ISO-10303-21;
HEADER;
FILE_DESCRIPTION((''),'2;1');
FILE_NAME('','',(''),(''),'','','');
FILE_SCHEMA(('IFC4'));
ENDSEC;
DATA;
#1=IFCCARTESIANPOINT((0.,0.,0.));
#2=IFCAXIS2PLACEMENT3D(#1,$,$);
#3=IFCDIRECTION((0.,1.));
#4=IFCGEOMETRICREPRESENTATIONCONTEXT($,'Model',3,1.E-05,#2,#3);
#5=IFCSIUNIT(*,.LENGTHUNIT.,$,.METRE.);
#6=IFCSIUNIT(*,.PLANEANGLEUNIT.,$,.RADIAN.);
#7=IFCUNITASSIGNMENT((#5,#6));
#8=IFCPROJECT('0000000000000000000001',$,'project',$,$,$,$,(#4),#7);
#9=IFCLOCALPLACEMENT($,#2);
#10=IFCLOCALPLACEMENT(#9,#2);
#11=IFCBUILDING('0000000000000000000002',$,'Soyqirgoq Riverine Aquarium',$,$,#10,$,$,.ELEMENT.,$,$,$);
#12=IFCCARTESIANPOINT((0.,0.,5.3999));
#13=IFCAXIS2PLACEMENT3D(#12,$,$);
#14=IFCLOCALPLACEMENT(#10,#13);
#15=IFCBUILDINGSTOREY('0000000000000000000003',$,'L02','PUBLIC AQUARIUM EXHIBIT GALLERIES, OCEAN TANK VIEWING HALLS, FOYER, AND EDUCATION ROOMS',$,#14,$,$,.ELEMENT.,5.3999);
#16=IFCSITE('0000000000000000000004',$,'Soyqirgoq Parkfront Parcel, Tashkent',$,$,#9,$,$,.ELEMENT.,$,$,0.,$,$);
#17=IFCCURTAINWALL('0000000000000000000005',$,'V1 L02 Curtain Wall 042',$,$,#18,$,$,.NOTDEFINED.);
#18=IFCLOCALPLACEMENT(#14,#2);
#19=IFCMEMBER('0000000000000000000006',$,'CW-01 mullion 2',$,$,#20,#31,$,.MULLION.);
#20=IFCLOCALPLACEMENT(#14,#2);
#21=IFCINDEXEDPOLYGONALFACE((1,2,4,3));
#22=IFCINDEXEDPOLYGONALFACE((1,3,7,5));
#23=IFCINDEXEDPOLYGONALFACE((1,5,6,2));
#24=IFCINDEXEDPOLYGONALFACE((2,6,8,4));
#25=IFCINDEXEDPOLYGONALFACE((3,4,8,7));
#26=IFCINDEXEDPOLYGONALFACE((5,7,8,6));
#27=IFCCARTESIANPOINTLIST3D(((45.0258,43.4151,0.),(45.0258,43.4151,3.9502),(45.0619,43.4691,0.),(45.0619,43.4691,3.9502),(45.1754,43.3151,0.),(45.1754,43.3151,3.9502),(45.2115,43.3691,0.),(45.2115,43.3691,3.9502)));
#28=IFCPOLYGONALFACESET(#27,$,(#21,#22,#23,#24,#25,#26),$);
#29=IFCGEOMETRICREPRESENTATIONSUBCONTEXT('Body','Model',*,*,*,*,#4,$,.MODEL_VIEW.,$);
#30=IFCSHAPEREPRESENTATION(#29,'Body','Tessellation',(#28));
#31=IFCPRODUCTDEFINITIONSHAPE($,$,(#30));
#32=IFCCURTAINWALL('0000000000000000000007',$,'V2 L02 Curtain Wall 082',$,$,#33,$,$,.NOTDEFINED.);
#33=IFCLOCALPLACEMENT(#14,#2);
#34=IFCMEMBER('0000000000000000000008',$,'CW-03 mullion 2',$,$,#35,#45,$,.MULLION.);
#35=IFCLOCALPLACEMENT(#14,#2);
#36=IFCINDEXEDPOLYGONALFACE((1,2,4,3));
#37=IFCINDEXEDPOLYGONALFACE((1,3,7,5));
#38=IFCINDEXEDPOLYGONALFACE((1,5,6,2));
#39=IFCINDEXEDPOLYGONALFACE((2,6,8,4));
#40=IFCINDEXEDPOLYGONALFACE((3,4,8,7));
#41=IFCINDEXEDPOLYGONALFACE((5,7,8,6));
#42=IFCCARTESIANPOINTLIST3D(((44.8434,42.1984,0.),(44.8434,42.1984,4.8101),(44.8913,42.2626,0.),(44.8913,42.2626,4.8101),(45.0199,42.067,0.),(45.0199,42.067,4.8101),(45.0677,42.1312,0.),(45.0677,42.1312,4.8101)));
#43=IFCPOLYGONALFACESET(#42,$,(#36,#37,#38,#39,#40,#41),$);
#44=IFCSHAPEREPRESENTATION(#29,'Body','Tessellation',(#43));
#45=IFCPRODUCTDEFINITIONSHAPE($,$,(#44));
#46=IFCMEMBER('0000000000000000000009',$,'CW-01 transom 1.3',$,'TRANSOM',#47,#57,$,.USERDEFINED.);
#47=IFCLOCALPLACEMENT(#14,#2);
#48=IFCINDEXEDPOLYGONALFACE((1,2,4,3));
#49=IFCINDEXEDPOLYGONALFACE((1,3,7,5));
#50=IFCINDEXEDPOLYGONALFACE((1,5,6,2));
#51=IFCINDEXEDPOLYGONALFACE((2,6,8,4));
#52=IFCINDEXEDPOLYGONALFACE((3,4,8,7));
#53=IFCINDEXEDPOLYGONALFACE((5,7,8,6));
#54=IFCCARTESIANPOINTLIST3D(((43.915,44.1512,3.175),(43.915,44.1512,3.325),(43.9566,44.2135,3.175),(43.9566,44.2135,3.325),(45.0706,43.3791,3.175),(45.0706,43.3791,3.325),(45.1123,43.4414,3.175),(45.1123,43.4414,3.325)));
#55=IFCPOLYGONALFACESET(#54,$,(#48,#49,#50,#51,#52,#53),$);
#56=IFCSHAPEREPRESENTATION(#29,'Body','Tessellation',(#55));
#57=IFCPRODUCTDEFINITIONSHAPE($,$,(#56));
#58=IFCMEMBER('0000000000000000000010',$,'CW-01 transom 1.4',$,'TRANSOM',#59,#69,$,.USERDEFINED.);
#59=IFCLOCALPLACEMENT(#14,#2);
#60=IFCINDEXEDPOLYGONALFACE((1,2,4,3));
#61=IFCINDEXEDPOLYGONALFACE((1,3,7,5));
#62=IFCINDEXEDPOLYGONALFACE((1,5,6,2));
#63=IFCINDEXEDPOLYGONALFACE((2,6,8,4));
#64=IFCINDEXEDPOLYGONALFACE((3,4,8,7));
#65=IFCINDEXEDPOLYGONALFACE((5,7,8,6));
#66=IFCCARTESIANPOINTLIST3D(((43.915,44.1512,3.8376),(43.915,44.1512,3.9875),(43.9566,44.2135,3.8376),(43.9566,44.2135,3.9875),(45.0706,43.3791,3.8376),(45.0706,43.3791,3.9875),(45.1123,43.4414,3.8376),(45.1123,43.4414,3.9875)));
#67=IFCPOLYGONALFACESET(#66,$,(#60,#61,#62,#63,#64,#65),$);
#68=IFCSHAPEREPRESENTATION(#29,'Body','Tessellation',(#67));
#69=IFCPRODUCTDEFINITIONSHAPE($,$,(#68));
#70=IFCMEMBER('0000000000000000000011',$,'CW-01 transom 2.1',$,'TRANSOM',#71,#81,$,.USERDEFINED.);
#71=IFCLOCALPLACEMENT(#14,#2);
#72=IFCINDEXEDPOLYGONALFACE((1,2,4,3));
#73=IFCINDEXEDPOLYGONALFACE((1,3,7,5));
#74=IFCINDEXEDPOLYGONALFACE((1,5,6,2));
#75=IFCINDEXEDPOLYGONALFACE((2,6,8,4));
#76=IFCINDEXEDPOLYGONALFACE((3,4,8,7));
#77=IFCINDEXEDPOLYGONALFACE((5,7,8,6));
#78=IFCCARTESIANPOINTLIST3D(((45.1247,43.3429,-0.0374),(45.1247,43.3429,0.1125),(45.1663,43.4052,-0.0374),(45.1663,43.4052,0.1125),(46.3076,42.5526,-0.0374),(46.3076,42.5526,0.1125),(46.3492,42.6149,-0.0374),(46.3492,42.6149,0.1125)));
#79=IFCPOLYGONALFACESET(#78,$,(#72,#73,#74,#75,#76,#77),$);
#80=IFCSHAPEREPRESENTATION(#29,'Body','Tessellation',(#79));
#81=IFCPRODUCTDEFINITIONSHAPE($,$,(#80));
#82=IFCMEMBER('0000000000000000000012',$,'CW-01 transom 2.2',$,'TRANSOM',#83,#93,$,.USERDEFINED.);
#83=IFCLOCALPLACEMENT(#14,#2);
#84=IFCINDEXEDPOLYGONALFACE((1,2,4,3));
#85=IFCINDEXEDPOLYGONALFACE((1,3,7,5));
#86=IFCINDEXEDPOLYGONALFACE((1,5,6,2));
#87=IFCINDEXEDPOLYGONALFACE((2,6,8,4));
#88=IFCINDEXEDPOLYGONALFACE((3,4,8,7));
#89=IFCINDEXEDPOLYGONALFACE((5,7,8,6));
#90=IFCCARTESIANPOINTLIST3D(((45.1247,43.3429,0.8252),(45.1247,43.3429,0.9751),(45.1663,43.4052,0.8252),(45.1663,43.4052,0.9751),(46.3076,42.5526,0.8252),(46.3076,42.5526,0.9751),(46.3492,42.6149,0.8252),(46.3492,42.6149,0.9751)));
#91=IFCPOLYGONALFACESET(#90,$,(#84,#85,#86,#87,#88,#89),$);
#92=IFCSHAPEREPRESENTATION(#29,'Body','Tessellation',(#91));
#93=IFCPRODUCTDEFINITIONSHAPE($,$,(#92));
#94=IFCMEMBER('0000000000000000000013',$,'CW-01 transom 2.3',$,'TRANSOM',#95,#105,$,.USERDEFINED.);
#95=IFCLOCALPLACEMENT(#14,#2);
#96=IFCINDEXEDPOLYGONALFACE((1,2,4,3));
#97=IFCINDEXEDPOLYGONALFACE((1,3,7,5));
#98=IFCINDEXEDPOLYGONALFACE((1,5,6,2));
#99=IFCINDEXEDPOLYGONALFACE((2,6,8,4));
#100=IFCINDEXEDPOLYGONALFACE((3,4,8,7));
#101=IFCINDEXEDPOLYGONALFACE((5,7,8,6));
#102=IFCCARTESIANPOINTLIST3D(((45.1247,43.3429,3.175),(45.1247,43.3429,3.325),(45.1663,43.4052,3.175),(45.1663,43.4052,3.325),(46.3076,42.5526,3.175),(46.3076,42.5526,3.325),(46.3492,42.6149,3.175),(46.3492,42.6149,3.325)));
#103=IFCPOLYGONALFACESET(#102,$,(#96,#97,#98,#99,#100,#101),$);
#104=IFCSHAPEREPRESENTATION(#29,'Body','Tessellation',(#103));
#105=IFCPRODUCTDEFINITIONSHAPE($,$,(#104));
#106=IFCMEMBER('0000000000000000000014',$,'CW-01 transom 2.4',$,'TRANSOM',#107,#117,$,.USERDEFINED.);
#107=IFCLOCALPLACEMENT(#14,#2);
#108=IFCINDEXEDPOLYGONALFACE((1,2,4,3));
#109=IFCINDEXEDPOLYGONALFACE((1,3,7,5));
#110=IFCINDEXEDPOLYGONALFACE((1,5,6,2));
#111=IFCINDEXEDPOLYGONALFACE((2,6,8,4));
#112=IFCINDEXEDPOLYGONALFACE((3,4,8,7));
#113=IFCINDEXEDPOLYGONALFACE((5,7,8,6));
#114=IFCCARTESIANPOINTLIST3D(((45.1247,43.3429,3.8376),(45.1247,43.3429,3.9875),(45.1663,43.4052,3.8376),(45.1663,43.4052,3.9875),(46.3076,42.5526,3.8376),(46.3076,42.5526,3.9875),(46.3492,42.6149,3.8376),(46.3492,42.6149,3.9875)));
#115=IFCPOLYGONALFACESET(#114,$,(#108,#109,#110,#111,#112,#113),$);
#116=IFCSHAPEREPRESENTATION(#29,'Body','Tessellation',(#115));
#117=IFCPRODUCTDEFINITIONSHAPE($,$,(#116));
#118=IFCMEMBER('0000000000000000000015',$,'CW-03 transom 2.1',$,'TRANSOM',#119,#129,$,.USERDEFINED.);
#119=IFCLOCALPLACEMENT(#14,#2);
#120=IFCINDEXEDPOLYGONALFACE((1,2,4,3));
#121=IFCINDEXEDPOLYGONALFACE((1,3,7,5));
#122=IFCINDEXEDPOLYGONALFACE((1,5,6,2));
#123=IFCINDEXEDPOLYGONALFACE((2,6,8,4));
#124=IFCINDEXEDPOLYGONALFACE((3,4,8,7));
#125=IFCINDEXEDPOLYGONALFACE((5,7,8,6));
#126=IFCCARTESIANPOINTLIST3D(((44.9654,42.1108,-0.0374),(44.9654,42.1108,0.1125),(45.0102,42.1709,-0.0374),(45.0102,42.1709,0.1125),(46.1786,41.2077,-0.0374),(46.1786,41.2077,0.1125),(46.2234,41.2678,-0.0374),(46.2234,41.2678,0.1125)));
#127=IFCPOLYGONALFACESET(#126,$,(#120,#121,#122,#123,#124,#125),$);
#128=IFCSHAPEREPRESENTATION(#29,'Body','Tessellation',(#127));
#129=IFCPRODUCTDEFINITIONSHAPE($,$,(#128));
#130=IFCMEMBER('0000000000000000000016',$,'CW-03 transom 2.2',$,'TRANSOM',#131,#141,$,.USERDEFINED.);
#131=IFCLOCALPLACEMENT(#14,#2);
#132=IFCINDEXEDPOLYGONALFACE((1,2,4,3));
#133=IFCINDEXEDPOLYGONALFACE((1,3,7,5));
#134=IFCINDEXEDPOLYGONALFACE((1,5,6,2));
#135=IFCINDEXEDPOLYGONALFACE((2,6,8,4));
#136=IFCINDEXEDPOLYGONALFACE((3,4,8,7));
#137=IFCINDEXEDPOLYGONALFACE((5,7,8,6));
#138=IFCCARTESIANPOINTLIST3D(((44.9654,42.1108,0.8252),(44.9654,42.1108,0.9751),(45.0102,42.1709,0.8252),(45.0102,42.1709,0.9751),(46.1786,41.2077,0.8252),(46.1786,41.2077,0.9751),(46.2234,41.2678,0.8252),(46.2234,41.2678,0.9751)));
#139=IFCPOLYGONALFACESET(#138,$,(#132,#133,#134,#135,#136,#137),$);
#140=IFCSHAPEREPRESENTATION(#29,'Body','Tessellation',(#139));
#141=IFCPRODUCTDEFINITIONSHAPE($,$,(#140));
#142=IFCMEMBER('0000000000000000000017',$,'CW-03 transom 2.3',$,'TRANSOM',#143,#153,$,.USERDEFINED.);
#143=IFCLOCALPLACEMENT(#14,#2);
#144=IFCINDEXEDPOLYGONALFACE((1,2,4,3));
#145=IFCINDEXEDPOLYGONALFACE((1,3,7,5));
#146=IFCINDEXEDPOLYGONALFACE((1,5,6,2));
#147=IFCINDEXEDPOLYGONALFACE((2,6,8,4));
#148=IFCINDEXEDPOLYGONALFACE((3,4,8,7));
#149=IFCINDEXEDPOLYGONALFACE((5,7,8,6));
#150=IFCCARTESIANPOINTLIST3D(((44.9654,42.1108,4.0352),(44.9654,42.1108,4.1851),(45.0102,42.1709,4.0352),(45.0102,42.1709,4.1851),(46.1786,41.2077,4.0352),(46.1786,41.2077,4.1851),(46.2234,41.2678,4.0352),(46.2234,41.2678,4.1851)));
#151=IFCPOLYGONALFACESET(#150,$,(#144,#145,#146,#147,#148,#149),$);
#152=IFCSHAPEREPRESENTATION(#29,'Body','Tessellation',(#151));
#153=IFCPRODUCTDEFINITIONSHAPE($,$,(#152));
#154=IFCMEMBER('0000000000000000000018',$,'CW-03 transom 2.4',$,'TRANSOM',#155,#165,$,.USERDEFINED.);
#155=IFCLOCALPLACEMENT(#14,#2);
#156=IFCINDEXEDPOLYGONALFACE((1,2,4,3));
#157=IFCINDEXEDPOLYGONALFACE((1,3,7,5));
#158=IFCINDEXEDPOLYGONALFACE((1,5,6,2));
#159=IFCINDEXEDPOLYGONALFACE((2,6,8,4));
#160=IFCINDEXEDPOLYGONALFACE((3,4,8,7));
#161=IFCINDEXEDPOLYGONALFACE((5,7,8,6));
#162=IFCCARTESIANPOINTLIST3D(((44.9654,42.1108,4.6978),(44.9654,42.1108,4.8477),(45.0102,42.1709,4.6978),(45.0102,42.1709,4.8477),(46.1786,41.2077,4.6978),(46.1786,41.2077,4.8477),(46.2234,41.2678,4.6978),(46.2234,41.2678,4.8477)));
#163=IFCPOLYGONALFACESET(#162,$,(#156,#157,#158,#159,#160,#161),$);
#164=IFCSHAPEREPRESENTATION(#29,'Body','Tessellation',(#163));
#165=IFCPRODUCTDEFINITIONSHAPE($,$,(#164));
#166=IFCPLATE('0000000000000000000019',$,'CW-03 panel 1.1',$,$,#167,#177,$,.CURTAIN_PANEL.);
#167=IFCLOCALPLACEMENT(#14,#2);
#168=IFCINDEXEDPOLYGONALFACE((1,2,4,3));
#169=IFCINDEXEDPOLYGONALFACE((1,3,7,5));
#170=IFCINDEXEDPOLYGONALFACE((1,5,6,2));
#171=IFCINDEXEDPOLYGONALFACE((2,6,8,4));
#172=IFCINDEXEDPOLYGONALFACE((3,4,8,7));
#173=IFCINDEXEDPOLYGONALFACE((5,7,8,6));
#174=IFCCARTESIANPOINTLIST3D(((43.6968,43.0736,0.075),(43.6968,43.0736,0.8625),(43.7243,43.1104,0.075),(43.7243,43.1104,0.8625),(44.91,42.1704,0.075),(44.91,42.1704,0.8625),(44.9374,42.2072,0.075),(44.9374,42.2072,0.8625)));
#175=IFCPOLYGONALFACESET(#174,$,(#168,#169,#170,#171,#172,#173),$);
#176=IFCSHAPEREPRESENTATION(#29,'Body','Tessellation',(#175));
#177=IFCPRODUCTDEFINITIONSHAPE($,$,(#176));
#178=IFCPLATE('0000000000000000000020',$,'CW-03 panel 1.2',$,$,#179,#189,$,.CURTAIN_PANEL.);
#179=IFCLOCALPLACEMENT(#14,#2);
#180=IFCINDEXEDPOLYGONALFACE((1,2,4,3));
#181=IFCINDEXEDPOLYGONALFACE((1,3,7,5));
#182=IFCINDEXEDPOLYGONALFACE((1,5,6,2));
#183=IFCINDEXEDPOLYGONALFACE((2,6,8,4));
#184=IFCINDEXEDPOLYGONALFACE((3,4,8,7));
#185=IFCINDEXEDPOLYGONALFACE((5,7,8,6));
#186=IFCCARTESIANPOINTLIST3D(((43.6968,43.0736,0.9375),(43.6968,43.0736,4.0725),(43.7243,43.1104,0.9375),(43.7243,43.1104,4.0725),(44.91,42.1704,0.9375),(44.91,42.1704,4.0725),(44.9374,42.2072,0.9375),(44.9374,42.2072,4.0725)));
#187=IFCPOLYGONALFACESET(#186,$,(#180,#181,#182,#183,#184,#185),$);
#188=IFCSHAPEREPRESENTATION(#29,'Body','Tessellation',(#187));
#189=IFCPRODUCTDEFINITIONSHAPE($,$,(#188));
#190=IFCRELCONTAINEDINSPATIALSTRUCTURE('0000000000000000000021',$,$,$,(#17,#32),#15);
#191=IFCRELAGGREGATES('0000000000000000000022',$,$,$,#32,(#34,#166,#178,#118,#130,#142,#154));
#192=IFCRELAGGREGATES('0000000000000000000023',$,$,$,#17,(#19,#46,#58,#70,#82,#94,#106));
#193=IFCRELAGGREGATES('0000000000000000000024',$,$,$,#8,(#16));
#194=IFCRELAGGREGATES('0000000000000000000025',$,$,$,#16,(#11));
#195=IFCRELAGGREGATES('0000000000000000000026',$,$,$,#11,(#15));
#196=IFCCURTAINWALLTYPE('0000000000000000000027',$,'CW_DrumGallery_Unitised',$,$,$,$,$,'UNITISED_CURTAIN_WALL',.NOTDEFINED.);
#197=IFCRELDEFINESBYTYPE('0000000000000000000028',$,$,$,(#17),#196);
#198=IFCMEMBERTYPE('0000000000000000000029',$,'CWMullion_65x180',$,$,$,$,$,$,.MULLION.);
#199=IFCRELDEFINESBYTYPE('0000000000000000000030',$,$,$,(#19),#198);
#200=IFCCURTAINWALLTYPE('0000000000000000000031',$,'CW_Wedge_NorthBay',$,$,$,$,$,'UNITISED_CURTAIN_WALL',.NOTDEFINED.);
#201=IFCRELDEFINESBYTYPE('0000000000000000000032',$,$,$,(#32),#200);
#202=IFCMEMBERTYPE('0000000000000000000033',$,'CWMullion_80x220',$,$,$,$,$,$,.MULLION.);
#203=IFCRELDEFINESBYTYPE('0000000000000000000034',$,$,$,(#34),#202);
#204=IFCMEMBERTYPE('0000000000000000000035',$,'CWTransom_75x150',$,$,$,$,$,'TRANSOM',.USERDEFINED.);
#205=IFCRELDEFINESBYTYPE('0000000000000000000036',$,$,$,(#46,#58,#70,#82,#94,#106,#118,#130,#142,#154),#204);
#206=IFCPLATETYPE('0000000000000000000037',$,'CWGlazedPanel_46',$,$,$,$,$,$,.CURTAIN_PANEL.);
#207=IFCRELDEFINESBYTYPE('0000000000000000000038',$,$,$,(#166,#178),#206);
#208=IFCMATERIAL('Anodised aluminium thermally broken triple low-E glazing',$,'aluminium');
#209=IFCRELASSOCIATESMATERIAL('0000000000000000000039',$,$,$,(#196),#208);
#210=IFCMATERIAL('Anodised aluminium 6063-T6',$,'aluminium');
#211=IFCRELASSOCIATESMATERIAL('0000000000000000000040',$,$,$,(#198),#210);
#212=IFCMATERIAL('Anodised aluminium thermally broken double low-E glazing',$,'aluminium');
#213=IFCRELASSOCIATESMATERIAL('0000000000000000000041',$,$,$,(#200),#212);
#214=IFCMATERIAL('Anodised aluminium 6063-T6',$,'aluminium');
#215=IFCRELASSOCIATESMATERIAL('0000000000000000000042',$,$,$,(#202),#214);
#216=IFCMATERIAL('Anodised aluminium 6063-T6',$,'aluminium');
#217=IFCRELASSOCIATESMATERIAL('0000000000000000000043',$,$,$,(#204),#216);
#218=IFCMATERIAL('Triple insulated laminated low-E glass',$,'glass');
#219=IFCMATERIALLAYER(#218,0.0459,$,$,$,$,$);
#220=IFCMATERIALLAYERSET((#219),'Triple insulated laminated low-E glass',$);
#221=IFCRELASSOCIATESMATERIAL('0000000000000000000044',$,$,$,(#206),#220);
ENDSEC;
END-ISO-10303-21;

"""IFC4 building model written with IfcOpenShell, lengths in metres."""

from ifc_helpers import new_model, si_unit, direction, frame, origin, origin_2d, place, context, subcontext, project, spatial, rectangle, extrude, material, layer, layer_set, material_profile, profile_set, type_object, element, aggregate, save


model = new_model("IFC4")

# Units and contexts
model_context = context("Model", 3, precision=1e-05, world=origin(), true_north=direction((0.0, 1.0)))
body_context = subcontext(model_context, "Body", "Model", "MODEL_VIEW")
ifc_project = project(units=[si_unit("LENGTHUNIT", "METRE"), si_unit("PLANEANGLEUNIT", "RADIAN")], contexts=[model_context])

# Site, building, storey
site_placement = place(None, origin())
site = spatial("IfcSite", under=ifc_project, at=site_placement, Name="Soyqirgoq Parkfront Parcel, Tashkent", CompositionType="ELEMENT", RefElevation=0.0)
building_placement = place(site_placement, origin())
building = spatial("IfcBuilding", under=site, at=building_placement, Name="Soyqirgoq Riverine Aquarium", CompositionType="ELEMENT")
storey_placement = place(building_placement, frame((0.0, 0.0, 5.3999)))
storey = spatial("IfcBuildingStorey", under=building, at=storey_placement, Name="L02", Description="PUBLIC AQUARIUM EXHIBIT GALLERIES, OCEAN TANK VIEWING HALLS, FOYER, AND EDUCATION ROOMS", CompositionType="ELEMENT", Elevation=5.3999)

# Curtain walls, members
ifc_material_1 = material(Name="Anodised aluminium thermally broken triple low-E glazing", Category="aluminium")
curtain_wall_type_1 = type_object("IfcCurtainWallType", Name="CW_DrumGallery_Unitised", ElementType="UNITISED_CURTAIN_WALL", PredefinedType="NOTDEFINED", material=ifc_material_1)
curtain_wall_1_placement = place(storey_placement, origin())
curtain_wall_1 = element("IfcCurtainWall", 1, at=curtain_wall_1_placement, inside=storey, type_object=curtain_wall_type_1, Name="V1 L02 Curtain Wall 042", PredefinedType="NOTDEFINED")
ifc_material_2 = material(Name="Anodised aluminium 6063-T6", Category="aluminium")
ifc_material_profile_1 = material_profile(ifc_material_2, rectangle(XDim=0.0649, YDim=0.1799, at=origin_2d()), Name="ALU-M 65x180")
ifc_profile_set_1 = profile_set([ifc_material_profile_1], Name="Anodised aluminium 6063-T6")
member_type_1 = type_object("IfcMemberType", Name="CWMullion_65x180", PredefinedType="MULLION", material=ifc_profile_set_1)
member_1_placement = place(storey_placement, frame((45.1187, 43.3921, 0.0), z_axis=(0.0, 0.0, 1.0), x_axis=(0.555565, 0.831473, 0.0)))
member_1 = element("IfcMember", 2, at=member_1_placement, type_object=member_type_1, Name="CW-01 mullion 2", PredefinedType="MULLION", context=body_context, shape_type="SweptSolid", body=[
    extrude(rectangle(XDim=0.0649, YDim=0.1799, at=origin_2d()), origin(), (0.0, 0.0, 1.0), 3.9502),
])
ifc_material_3 = material(Name="Anodised aluminium thermally broken double low-E glazing", Category="aluminium")
curtain_wall_type_2 = type_object("IfcCurtainWallType", Name="CW_Wedge_NorthBay", ElementType="UNITISED_CURTAIN_WALL", PredefinedType="NOTDEFINED", material=ifc_material_3)
curtain_wall_2_placement = place(storey_placement, origin())
curtain_wall_2 = element("IfcCurtainWall", 3, at=curtain_wall_2_placement, inside=storey, type_object=curtain_wall_type_2, Name="V2 L02 Curtain Wall 082", PredefinedType="NOTDEFINED")
ifc_material_4 = material(Name="Anodised aluminium 6063-T6", Category="aluminium")
ifc_material_profile_2 = material_profile(ifc_material_4, rectangle(XDim=0.0801, YDim=0.22, at=origin_2d()), Name="ALU-M 80x220")
ifc_profile_set_2 = profile_set([ifc_material_profile_2], Name="Anodised aluminium 6063-T6")
member_type_2 = type_object("IfcMemberType", Name="CWMullion_80x220", PredefinedType="MULLION", material=ifc_profile_set_2)
member_2_placement = place(storey_placement, frame((44.9556, 42.1648, 0.0), z_axis=(0.0, 0.0, 1.0), x_axis=(0.597149, 0.802131, 0.0)))
member_2 = element("IfcMember", 4, at=member_2_placement, type_object=member_type_2, Name="CW-03 mullion 2", PredefinedType="MULLION", context=body_context, shape_type="SweptSolid", body=[
    extrude(rectangle(XDim=0.0801, YDim=0.22, at=origin_2d()), origin(), (0.0, 0.0, 1.0), 4.8101),
])

# Members
ifc_material_5 = material(Name="Anodised aluminium 6063-T6", Category="aluminium")
ifc_material_profile_3 = material_profile(ifc_material_5, rectangle(XDim=0.075, YDim=0.1499, at=origin_2d()), Name="ALU-T 75x150")
ifc_profile_set_3 = profile_set([ifc_material_profile_3], Name="Anodised aluminium 6063-T6")
member_type_3 = type_object("IfcMemberType", Name="CWTransom_75x150", ElementType="TRANSOM", PredefinedType="USERDEFINED", material=ifc_profile_set_3)
member_3_placement = place(storey_placement, frame((43.9358, 44.1824, 3.25), z_axis=(0.831482, -0.555551, 0.0), x_axis=(0.555551, 0.831482, 0.0)))
member_3 = element("IfcMember", 5, at=member_3_placement, type_object=member_type_3, Name="CW-01 transom 1.3", ObjectType="TRANSOM", PredefinedType="USERDEFINED", context=body_context, shape_type="SweptSolid", body=[
    extrude(rectangle(XDim=0.075, YDim=0.1499, at=origin_2d()), origin(), (0.0, 0.0, 1.0), 1.3899),
])
member_4_placement = place(storey_placement, frame((43.9358, 44.1824, 3.9126), z_axis=(0.831482, -0.555551, 0.0), x_axis=(0.555551, 0.831482, 0.0)))
member_4 = element("IfcMember", 6, at=member_4_placement, type_object=member_type_3, Name="CW-01 transom 1.4", ObjectType="TRANSOM", PredefinedType="USERDEFINED", context=body_context, shape_type="SweptSolid", body=[
    extrude(rectangle(XDim=0.075, YDim=0.1499, at=origin_2d()), origin(), (0.0, 0.0, 1.0), 1.3899),
])
member_5_placement = place(storey_placement, frame((45.1455, 43.374, 0.0376), z_axis=(0.831495, -0.555532, 0.0), x_axis=(0.555532, 0.831495, 0.0)))
member_5 = element("IfcMember", 7, at=member_5_placement, type_object=member_type_3, Name="CW-01 transom 2.1", ObjectType="TRANSOM", PredefinedType="USERDEFINED", context=body_context, shape_type="SweptSolid", body=[
    extrude(rectangle(XDim=0.075, YDim=0.1499, at=origin_2d()), origin(), (0.0, 0.0, 1.0), 1.4226),
])
member_6_placement = place(storey_placement, frame((45.1455, 43.374, 0.9001), z_axis=(0.831495, -0.555532, 0.0), x_axis=(0.555532, 0.831495, 0.0)))
member_6 = element("IfcMember", 8, at=member_6_placement, type_object=member_type_3, Name="CW-01 transom 2.2", ObjectType="TRANSOM", PredefinedType="USERDEFINED", context=body_context, shape_type="SweptSolid", body=[
    extrude(rectangle(XDim=0.075, YDim=0.1499, at=origin_2d()), origin(), (0.0, 0.0, 1.0), 1.4226),
])
member_7_placement = place(storey_placement, frame((45.1455, 43.374, 3.25), z_axis=(0.831495, -0.555532, 0.0), x_axis=(0.555532, 0.831495, 0.0)))
member_7 = element("IfcMember", 9, at=member_7_placement, type_object=member_type_3, Name="CW-01 transom 2.3", ObjectType="TRANSOM", PredefinedType="USERDEFINED", context=body_context, shape_type="SweptSolid", body=[
    extrude(rectangle(XDim=0.075, YDim=0.1499, at=origin_2d()), origin(), (0.0, 0.0, 1.0), 1.4226),
])
member_8_placement = place(storey_placement, frame((45.1455, 43.374, 3.9126), z_axis=(0.831495, -0.555532, 0.0), x_axis=(0.555532, 0.831495, 0.0)))
member_8 = element("IfcMember", 10, at=member_8_placement, type_object=member_type_3, Name="CW-01 transom 2.4", ObjectType="TRANSOM", PredefinedType="USERDEFINED", context=body_context, shape_type="SweptSolid", body=[
    extrude(rectangle(XDim=0.075, YDim=0.1499, at=origin_2d()), origin(), (0.0, 0.0, 1.0), 1.4226),
])
member_9_placement = place(storey_placement, frame((44.9878, 42.1409, 0.0376), z_axis=(0.802145, -0.597129, 0.0), x_axis=(0.597129, 0.802145, 0.0)))
member_9 = element("IfcMember", 11, at=member_9_placement, type_object=member_type_3, Name="CW-03 transom 2.1", ObjectType="TRANSOM", PredefinedType="USERDEFINED", context=body_context, shape_type="SweptSolid", body=[
    extrude(rectangle(XDim=0.075, YDim=0.1499, at=origin_2d()), origin(), (0.0, 0.0, 1.0), 1.5125),
])
member_10_placement = place(storey_placement, frame((44.9878, 42.1409, 0.9001), z_axis=(0.802145, -0.597129, 0.0), x_axis=(0.597129, 0.802145, 0.0)))
member_10 = element("IfcMember", 12, at=member_10_placement, type_object=member_type_3, Name="CW-03 transom 2.2", ObjectType="TRANSOM", PredefinedType="USERDEFINED", context=body_context, shape_type="SweptSolid", body=[
    extrude(rectangle(XDim=0.075, YDim=0.1499, at=origin_2d()), origin(), (0.0, 0.0, 1.0), 1.5125),
])
member_11_placement = place(storey_placement, frame((44.9878, 42.1409, 4.1101), z_axis=(0.802145, -0.597129, 0.0), x_axis=(0.597129, 0.802145, 0.0)))
member_11 = element("IfcMember", 13, at=member_11_placement, type_object=member_type_3, Name="CW-03 transom 2.3", ObjectType="TRANSOM", PredefinedType="USERDEFINED", context=body_context, shape_type="SweptSolid", body=[
    extrude(rectangle(XDim=0.075, YDim=0.1499, at=origin_2d()), origin(), (0.0, 0.0, 1.0), 1.5125),
])
member_12_placement = place(storey_placement, frame((44.9878, 42.1409, 4.7727), z_axis=(0.802145, -0.597129, 0.0), x_axis=(0.597129, 0.802145, 0.0)))
member_12 = element("IfcMember", 14, at=member_12_placement, type_object=member_type_3, Name="CW-03 transom 2.4", ObjectType="TRANSOM", PredefinedType="USERDEFINED", context=body_context, shape_type="SweptSolid", body=[
    extrude(rectangle(XDim=0.075, YDim=0.1499, at=origin_2d()), origin(), (0.0, 0.0, 1.0), 1.5125),
])

# Plates
ifc_material_6 = material(Name="Triple insulated laminated low-E glass", Category="glass")
ifc_layer_1 = layer(ifc_material_6, 0.0459)
ifc_layer_set_1 = layer_set([ifc_layer_1], Name="Triple insulated laminated low-E glass")
plate_type_1 = type_object("IfcPlateType", Name="CWGlazedPanel_46", PredefinedType="CURTAIN_PANEL", material=ifc_layer_set_1)
plate_1_placement = place(storey_placement, frame((44.3171, 42.6404, 0.075), z_axis=(0.0, 0.0, 1.0), x_axis=(0.802131, -0.597149, 0.0)))
plate_1 = element("IfcPlate", 15, at=plate_1_placement, type_object=plate_type_1, Name="CW-03 panel 1.1", PredefinedType="CURTAIN_PANEL", context=body_context, shape_type="SweptSolid", body=[
    extrude(rectangle(XDim=1.5125, YDim=0.0459, at=origin_2d()), origin(), (0.0, 0.0, 1.0), 0.7876),
])
plate_2_placement = place(storey_placement, frame((44.3171, 42.6404, 0.9375), z_axis=(0.0, 0.0, 1.0), x_axis=(0.802131, -0.597149, 0.0)))
plate_2 = element("IfcPlate", 16, at=plate_2_placement, type_object=plate_type_1, Name="CW-03 panel 1.2", PredefinedType="CURTAIN_PANEL", context=body_context, shape_type="SweptSolid", body=[
    extrude(rectangle(XDim=1.5125, YDim=0.0459, at=origin_2d()), origin(), (0.0, 0.0, 1.0), 3.135),
])
aggregate(curtain_wall_2, [member_2, plate_1, plate_2, member_9, member_10, member_11, member_12])
aggregate(curtain_wall_1, [member_1, member_3, member_4, member_5, member_6, member_7, member_8])

save(model, "model.ifc")
